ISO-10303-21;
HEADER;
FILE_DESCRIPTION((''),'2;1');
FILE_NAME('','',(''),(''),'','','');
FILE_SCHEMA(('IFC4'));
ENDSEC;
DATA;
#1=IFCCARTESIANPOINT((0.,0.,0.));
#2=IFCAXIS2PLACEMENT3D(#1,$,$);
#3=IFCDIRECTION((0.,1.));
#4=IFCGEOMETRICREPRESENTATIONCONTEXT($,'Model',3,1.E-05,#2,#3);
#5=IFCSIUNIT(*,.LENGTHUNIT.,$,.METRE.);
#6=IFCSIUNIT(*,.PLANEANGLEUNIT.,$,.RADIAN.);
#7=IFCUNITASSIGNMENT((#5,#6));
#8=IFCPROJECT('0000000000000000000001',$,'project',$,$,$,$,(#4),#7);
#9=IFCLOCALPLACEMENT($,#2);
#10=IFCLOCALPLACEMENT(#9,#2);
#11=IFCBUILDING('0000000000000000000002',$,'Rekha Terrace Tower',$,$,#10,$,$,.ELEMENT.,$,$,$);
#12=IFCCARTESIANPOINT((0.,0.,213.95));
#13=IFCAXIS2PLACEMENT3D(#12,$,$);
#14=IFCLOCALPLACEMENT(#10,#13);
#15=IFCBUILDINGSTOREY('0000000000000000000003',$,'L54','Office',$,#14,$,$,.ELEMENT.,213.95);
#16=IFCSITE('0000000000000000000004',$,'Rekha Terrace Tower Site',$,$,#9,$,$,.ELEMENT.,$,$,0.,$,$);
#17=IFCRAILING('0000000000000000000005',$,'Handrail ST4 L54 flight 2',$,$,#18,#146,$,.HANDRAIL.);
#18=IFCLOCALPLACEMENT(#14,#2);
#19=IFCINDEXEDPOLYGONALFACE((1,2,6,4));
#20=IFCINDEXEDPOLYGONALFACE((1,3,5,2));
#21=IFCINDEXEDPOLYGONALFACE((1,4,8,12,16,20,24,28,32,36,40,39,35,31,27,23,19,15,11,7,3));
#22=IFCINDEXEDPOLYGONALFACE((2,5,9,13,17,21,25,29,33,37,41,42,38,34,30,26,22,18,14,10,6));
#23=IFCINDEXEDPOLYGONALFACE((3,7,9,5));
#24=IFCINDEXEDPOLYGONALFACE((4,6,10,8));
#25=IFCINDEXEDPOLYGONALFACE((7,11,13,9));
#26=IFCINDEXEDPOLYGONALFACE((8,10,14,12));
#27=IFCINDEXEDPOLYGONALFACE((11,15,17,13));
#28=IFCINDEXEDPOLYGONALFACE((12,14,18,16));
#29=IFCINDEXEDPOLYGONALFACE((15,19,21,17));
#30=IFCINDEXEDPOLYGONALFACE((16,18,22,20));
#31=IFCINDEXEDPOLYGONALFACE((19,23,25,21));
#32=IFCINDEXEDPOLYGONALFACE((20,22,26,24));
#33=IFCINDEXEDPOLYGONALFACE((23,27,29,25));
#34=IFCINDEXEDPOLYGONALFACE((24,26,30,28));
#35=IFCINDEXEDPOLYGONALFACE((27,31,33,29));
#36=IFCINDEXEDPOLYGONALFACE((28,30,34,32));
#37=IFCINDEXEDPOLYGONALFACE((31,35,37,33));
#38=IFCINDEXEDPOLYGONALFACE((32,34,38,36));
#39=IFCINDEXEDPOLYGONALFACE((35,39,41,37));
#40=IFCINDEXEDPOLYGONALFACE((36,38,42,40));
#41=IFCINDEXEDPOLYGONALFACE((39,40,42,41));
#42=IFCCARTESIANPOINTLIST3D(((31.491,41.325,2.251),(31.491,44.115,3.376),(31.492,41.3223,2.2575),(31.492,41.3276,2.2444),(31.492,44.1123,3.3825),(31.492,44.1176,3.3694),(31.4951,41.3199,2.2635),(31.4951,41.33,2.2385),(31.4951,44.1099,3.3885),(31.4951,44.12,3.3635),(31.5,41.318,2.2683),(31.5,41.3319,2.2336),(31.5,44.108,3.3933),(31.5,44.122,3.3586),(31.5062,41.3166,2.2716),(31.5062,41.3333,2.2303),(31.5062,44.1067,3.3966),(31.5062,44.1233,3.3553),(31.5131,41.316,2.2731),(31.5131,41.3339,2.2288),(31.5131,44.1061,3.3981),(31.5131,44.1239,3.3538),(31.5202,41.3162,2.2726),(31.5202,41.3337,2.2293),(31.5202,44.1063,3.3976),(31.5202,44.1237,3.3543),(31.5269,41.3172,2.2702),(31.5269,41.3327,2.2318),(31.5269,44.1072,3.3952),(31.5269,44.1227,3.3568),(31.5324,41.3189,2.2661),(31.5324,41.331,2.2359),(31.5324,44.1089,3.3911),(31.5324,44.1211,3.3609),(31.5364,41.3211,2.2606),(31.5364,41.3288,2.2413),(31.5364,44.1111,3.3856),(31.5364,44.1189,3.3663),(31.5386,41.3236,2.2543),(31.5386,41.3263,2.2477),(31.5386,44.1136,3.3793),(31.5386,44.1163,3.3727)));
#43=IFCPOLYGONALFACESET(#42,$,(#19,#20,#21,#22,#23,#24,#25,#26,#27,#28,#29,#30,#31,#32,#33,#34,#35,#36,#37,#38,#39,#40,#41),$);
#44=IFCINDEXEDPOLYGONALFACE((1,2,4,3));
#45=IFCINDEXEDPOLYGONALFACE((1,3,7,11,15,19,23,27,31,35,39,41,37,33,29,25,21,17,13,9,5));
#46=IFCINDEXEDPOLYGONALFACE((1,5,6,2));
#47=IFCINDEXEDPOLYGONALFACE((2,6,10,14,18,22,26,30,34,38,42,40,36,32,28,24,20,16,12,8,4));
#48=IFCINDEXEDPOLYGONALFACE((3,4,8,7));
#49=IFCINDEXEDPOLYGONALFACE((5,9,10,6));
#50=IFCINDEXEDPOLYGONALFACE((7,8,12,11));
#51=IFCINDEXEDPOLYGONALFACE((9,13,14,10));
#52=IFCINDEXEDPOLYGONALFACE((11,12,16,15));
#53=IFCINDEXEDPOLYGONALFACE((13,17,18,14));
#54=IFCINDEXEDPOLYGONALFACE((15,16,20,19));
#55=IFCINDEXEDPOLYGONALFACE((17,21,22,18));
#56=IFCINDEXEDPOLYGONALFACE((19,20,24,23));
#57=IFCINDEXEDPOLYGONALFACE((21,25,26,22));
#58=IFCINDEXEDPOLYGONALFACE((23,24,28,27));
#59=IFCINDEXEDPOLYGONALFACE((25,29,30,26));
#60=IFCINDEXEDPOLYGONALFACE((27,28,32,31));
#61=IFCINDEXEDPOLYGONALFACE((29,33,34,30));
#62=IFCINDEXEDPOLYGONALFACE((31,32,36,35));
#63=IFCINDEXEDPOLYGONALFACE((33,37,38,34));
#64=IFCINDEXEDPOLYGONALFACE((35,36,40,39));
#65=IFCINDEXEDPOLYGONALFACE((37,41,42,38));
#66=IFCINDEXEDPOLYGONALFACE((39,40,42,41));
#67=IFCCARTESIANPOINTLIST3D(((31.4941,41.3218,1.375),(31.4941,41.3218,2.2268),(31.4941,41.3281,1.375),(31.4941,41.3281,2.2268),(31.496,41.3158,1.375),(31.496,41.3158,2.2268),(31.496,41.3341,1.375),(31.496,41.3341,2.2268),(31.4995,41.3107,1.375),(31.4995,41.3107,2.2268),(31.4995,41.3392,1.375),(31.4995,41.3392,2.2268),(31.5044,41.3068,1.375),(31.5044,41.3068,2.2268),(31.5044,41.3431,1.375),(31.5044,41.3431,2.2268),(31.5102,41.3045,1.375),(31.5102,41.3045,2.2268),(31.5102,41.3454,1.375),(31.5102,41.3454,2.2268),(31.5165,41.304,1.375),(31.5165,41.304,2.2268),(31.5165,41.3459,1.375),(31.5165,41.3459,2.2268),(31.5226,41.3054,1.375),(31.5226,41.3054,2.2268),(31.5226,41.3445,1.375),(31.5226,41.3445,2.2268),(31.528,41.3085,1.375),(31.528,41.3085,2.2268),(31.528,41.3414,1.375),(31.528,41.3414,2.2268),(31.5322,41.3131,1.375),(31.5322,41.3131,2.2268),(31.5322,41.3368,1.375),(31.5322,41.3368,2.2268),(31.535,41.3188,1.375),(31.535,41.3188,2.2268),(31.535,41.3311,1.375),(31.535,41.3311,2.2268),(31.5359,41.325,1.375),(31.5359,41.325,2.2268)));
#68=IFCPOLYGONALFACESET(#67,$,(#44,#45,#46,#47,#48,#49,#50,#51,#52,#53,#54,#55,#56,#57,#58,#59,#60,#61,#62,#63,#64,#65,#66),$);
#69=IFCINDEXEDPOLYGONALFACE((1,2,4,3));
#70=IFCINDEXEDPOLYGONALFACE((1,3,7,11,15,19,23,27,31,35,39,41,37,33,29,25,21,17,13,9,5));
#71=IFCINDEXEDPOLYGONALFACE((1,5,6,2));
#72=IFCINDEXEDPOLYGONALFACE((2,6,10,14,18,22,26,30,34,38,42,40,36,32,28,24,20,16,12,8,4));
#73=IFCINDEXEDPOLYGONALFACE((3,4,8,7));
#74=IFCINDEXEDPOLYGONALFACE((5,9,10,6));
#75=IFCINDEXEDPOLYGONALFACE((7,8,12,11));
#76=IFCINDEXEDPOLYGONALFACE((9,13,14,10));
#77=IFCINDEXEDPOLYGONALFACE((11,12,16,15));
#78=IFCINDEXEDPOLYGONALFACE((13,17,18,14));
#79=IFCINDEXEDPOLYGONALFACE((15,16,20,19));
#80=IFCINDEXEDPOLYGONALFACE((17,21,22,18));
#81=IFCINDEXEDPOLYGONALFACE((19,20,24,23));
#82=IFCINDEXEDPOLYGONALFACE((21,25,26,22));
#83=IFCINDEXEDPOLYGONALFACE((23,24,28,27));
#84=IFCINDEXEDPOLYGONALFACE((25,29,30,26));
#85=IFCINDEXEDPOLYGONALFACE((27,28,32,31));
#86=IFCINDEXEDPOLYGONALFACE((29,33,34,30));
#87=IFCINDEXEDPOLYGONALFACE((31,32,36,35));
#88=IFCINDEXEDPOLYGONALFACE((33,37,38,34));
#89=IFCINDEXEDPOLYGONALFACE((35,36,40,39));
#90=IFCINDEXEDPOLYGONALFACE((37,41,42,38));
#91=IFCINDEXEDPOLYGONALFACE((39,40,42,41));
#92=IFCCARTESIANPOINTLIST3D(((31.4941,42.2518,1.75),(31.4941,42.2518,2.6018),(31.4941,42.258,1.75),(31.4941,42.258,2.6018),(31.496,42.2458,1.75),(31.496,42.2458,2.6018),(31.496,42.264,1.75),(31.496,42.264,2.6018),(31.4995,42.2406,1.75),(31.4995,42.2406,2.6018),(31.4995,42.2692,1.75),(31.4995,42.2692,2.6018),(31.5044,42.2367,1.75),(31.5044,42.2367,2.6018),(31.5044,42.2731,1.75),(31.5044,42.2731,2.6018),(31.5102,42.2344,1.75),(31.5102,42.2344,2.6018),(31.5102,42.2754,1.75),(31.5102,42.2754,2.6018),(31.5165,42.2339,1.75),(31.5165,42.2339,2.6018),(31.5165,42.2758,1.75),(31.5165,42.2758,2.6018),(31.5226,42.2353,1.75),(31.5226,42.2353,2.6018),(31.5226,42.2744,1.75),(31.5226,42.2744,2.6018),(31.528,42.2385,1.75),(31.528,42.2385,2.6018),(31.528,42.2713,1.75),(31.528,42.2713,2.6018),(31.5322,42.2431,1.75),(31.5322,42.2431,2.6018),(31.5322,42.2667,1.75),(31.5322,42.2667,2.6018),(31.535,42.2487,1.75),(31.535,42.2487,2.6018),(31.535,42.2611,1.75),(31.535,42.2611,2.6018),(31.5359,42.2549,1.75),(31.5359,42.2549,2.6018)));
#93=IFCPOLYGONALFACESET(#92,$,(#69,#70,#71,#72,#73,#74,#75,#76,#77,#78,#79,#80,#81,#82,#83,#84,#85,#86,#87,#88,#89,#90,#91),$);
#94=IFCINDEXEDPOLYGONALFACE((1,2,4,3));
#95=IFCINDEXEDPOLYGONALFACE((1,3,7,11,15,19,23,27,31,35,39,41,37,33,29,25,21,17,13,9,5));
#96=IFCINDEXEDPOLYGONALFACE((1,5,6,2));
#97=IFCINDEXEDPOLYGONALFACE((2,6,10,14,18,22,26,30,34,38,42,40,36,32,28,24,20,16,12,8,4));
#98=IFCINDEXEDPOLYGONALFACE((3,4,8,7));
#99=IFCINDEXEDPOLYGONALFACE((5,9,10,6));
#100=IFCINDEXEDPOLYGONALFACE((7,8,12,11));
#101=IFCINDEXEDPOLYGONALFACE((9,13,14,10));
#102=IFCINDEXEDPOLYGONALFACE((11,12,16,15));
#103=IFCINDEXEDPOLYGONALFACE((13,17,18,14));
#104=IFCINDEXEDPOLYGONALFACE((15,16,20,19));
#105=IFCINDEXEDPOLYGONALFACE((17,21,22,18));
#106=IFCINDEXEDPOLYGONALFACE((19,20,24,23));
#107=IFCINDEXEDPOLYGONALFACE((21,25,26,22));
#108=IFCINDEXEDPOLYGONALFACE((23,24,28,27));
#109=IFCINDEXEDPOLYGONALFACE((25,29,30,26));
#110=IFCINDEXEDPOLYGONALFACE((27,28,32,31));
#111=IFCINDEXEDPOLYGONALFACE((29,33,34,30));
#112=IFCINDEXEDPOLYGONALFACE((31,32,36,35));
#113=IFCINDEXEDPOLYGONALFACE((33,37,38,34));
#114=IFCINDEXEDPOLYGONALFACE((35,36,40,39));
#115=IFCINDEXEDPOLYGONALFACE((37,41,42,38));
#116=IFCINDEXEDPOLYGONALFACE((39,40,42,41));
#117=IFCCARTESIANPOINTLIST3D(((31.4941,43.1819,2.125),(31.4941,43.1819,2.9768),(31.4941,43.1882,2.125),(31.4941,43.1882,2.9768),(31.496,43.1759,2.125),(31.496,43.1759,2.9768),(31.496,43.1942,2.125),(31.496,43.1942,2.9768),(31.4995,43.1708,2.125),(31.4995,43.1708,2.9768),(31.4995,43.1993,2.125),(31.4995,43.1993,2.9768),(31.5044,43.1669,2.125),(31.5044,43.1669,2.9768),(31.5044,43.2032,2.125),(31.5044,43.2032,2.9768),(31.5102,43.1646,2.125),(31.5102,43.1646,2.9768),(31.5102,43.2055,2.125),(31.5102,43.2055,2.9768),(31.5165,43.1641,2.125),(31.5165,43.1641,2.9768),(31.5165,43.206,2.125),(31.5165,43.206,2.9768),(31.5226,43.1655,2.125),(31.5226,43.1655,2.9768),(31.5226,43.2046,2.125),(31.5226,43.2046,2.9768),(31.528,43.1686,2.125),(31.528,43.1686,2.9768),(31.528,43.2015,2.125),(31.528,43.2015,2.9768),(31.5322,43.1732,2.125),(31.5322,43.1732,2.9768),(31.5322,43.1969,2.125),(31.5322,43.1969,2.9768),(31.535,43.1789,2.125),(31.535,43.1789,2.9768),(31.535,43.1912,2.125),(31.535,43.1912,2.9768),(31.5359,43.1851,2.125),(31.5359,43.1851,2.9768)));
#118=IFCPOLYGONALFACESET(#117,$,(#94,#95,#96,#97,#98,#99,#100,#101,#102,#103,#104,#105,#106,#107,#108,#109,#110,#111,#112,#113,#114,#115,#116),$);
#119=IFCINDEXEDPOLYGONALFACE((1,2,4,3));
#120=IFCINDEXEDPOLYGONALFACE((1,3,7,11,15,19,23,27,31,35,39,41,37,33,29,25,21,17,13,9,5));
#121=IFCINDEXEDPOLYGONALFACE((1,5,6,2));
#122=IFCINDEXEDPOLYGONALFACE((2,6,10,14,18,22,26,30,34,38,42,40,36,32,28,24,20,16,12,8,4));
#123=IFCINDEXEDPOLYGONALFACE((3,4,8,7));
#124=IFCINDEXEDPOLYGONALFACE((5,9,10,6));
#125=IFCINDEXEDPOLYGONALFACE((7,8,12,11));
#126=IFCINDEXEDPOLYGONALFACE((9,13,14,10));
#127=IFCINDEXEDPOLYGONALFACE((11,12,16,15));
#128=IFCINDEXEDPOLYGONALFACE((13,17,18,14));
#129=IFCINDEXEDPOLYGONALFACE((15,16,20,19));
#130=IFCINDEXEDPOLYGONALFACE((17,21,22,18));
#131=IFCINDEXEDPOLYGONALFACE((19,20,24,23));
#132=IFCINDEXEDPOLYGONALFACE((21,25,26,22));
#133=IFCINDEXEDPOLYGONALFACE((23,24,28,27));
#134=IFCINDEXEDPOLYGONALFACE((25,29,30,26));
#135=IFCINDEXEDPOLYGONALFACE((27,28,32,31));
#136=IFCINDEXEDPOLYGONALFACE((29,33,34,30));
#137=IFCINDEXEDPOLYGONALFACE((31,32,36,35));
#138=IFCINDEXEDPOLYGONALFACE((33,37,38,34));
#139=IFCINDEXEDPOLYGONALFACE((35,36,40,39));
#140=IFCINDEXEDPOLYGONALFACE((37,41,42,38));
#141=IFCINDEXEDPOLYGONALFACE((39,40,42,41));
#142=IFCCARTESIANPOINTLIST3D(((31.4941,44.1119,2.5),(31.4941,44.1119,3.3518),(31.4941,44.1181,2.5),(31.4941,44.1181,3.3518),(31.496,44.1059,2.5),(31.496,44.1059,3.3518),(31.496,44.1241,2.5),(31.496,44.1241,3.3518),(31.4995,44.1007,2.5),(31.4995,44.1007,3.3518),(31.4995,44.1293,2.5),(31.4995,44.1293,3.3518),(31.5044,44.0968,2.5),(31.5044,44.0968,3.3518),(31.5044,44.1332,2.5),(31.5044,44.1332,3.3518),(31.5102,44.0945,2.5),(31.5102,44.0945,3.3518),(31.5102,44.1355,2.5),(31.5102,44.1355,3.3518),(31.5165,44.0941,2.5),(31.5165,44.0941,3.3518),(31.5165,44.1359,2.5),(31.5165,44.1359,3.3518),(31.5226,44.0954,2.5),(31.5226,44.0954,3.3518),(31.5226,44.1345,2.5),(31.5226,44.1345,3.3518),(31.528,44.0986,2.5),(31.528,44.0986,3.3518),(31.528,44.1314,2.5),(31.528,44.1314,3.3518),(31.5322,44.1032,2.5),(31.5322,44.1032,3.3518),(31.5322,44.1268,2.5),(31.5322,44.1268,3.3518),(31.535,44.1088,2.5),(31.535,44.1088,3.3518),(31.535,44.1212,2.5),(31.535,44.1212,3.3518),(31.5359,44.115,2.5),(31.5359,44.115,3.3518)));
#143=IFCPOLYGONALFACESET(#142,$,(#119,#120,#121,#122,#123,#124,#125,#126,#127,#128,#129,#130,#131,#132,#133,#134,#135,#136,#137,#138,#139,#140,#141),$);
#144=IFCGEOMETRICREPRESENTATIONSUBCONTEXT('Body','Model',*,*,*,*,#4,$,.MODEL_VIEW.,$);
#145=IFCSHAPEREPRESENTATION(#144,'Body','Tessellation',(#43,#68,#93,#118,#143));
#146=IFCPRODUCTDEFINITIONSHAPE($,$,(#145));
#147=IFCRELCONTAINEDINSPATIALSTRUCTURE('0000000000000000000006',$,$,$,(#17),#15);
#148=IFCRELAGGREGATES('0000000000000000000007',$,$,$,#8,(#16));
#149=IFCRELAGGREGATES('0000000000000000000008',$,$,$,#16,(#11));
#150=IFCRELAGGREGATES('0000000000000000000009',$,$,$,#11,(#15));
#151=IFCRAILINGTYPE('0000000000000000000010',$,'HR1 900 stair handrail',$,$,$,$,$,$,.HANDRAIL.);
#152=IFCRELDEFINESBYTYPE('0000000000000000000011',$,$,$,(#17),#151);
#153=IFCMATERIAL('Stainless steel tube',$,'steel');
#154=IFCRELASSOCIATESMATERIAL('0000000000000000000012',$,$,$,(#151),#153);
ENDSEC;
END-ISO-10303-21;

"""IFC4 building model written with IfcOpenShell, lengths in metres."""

from ifc_helpers import new_model, si_unit, direction, frame, origin, origin_2d, place, context, subcontext, project, spatial, circle, extrude, material, type_object, element, save


model = new_model("IFC4")

# Units and contexts
model_context = context("Model", 3, precision=1e-05, world=origin(), true_north=direction((0.0, 1.0)))
body_context = subcontext(model_context, "Body", "Model", "MODEL_VIEW")
ifc_project = project(units=[si_unit("LENGTHUNIT", "METRE"), si_unit("PLANEANGLEUNIT", "RADIAN")], contexts=[model_context])

# Site, building, storey
site_placement = place(None, origin())
site = spatial("IfcSite", under=ifc_project, at=site_placement, Name="Rekha Terrace Tower Site", CompositionType="ELEMENT", RefElevation=0.0)
building_placement = place(site_placement, origin())
building = spatial("IfcBuilding", under=site, at=building_placement, Name="Rekha Terrace Tower", CompositionType="ELEMENT")
storey_placement = place(building_placement, frame((0.0, 0.0, 213.95)))
storey = spatial("IfcBuildingStorey", under=building, at=storey_placement, Name="L54", Description="Office", CompositionType="ELEMENT", Elevation=213.95)

# Railing
ifc_material_1 = material(Name="Stainless steel tube", Category="steel")
railing_type_1 = type_object("IfcRailingType", Name="HR1 900 stair handrail", PredefinedType="HANDRAIL", material=ifc_material_1)
railing_1_placement = place(storey_placement, frame((31.5149, 41.325, 1.375)))
element("IfcRailing", 1, at=railing_1_placement, inside=storey, type_object=railing_type_1, Name="Handrail ST4 L54 flight 2", PredefinedType="HANDRAIL", context=body_context, shape_type="SweptSolid", body=[
    extrude(circle(Radius=0.0239, at=origin_2d()), frame((0.0, 0.0, 0.876), z_axis=(0.0, 0.927443, 0.373964), x_axis=(-1.0, 0.0, 0.0)), (0.0, 0.0, 1.0), 3.0083),
    extrude(circle(Radius=0.021, at=origin_2d()), origin(), (0.0, 0.0, 1.0), 0.8518),
    extrude(circle(Radius=0.021, at=origin_2d()), frame((0.0, 0.9299, 0.375)), (0.0, 0.0, 1.0), 0.8518),
    extrude(circle(Radius=0.021, at=origin_2d()), frame((0.0, 1.8601, 0.75)), (0.0, 0.0, 1.0), 0.8518),
    extrude(circle(Radius=0.021, at=origin_2d()), frame((0.0, 2.79, 1.125)), (0.0, 0.0, 1.0), 0.8518),
])

save(model, "model.ifc")
